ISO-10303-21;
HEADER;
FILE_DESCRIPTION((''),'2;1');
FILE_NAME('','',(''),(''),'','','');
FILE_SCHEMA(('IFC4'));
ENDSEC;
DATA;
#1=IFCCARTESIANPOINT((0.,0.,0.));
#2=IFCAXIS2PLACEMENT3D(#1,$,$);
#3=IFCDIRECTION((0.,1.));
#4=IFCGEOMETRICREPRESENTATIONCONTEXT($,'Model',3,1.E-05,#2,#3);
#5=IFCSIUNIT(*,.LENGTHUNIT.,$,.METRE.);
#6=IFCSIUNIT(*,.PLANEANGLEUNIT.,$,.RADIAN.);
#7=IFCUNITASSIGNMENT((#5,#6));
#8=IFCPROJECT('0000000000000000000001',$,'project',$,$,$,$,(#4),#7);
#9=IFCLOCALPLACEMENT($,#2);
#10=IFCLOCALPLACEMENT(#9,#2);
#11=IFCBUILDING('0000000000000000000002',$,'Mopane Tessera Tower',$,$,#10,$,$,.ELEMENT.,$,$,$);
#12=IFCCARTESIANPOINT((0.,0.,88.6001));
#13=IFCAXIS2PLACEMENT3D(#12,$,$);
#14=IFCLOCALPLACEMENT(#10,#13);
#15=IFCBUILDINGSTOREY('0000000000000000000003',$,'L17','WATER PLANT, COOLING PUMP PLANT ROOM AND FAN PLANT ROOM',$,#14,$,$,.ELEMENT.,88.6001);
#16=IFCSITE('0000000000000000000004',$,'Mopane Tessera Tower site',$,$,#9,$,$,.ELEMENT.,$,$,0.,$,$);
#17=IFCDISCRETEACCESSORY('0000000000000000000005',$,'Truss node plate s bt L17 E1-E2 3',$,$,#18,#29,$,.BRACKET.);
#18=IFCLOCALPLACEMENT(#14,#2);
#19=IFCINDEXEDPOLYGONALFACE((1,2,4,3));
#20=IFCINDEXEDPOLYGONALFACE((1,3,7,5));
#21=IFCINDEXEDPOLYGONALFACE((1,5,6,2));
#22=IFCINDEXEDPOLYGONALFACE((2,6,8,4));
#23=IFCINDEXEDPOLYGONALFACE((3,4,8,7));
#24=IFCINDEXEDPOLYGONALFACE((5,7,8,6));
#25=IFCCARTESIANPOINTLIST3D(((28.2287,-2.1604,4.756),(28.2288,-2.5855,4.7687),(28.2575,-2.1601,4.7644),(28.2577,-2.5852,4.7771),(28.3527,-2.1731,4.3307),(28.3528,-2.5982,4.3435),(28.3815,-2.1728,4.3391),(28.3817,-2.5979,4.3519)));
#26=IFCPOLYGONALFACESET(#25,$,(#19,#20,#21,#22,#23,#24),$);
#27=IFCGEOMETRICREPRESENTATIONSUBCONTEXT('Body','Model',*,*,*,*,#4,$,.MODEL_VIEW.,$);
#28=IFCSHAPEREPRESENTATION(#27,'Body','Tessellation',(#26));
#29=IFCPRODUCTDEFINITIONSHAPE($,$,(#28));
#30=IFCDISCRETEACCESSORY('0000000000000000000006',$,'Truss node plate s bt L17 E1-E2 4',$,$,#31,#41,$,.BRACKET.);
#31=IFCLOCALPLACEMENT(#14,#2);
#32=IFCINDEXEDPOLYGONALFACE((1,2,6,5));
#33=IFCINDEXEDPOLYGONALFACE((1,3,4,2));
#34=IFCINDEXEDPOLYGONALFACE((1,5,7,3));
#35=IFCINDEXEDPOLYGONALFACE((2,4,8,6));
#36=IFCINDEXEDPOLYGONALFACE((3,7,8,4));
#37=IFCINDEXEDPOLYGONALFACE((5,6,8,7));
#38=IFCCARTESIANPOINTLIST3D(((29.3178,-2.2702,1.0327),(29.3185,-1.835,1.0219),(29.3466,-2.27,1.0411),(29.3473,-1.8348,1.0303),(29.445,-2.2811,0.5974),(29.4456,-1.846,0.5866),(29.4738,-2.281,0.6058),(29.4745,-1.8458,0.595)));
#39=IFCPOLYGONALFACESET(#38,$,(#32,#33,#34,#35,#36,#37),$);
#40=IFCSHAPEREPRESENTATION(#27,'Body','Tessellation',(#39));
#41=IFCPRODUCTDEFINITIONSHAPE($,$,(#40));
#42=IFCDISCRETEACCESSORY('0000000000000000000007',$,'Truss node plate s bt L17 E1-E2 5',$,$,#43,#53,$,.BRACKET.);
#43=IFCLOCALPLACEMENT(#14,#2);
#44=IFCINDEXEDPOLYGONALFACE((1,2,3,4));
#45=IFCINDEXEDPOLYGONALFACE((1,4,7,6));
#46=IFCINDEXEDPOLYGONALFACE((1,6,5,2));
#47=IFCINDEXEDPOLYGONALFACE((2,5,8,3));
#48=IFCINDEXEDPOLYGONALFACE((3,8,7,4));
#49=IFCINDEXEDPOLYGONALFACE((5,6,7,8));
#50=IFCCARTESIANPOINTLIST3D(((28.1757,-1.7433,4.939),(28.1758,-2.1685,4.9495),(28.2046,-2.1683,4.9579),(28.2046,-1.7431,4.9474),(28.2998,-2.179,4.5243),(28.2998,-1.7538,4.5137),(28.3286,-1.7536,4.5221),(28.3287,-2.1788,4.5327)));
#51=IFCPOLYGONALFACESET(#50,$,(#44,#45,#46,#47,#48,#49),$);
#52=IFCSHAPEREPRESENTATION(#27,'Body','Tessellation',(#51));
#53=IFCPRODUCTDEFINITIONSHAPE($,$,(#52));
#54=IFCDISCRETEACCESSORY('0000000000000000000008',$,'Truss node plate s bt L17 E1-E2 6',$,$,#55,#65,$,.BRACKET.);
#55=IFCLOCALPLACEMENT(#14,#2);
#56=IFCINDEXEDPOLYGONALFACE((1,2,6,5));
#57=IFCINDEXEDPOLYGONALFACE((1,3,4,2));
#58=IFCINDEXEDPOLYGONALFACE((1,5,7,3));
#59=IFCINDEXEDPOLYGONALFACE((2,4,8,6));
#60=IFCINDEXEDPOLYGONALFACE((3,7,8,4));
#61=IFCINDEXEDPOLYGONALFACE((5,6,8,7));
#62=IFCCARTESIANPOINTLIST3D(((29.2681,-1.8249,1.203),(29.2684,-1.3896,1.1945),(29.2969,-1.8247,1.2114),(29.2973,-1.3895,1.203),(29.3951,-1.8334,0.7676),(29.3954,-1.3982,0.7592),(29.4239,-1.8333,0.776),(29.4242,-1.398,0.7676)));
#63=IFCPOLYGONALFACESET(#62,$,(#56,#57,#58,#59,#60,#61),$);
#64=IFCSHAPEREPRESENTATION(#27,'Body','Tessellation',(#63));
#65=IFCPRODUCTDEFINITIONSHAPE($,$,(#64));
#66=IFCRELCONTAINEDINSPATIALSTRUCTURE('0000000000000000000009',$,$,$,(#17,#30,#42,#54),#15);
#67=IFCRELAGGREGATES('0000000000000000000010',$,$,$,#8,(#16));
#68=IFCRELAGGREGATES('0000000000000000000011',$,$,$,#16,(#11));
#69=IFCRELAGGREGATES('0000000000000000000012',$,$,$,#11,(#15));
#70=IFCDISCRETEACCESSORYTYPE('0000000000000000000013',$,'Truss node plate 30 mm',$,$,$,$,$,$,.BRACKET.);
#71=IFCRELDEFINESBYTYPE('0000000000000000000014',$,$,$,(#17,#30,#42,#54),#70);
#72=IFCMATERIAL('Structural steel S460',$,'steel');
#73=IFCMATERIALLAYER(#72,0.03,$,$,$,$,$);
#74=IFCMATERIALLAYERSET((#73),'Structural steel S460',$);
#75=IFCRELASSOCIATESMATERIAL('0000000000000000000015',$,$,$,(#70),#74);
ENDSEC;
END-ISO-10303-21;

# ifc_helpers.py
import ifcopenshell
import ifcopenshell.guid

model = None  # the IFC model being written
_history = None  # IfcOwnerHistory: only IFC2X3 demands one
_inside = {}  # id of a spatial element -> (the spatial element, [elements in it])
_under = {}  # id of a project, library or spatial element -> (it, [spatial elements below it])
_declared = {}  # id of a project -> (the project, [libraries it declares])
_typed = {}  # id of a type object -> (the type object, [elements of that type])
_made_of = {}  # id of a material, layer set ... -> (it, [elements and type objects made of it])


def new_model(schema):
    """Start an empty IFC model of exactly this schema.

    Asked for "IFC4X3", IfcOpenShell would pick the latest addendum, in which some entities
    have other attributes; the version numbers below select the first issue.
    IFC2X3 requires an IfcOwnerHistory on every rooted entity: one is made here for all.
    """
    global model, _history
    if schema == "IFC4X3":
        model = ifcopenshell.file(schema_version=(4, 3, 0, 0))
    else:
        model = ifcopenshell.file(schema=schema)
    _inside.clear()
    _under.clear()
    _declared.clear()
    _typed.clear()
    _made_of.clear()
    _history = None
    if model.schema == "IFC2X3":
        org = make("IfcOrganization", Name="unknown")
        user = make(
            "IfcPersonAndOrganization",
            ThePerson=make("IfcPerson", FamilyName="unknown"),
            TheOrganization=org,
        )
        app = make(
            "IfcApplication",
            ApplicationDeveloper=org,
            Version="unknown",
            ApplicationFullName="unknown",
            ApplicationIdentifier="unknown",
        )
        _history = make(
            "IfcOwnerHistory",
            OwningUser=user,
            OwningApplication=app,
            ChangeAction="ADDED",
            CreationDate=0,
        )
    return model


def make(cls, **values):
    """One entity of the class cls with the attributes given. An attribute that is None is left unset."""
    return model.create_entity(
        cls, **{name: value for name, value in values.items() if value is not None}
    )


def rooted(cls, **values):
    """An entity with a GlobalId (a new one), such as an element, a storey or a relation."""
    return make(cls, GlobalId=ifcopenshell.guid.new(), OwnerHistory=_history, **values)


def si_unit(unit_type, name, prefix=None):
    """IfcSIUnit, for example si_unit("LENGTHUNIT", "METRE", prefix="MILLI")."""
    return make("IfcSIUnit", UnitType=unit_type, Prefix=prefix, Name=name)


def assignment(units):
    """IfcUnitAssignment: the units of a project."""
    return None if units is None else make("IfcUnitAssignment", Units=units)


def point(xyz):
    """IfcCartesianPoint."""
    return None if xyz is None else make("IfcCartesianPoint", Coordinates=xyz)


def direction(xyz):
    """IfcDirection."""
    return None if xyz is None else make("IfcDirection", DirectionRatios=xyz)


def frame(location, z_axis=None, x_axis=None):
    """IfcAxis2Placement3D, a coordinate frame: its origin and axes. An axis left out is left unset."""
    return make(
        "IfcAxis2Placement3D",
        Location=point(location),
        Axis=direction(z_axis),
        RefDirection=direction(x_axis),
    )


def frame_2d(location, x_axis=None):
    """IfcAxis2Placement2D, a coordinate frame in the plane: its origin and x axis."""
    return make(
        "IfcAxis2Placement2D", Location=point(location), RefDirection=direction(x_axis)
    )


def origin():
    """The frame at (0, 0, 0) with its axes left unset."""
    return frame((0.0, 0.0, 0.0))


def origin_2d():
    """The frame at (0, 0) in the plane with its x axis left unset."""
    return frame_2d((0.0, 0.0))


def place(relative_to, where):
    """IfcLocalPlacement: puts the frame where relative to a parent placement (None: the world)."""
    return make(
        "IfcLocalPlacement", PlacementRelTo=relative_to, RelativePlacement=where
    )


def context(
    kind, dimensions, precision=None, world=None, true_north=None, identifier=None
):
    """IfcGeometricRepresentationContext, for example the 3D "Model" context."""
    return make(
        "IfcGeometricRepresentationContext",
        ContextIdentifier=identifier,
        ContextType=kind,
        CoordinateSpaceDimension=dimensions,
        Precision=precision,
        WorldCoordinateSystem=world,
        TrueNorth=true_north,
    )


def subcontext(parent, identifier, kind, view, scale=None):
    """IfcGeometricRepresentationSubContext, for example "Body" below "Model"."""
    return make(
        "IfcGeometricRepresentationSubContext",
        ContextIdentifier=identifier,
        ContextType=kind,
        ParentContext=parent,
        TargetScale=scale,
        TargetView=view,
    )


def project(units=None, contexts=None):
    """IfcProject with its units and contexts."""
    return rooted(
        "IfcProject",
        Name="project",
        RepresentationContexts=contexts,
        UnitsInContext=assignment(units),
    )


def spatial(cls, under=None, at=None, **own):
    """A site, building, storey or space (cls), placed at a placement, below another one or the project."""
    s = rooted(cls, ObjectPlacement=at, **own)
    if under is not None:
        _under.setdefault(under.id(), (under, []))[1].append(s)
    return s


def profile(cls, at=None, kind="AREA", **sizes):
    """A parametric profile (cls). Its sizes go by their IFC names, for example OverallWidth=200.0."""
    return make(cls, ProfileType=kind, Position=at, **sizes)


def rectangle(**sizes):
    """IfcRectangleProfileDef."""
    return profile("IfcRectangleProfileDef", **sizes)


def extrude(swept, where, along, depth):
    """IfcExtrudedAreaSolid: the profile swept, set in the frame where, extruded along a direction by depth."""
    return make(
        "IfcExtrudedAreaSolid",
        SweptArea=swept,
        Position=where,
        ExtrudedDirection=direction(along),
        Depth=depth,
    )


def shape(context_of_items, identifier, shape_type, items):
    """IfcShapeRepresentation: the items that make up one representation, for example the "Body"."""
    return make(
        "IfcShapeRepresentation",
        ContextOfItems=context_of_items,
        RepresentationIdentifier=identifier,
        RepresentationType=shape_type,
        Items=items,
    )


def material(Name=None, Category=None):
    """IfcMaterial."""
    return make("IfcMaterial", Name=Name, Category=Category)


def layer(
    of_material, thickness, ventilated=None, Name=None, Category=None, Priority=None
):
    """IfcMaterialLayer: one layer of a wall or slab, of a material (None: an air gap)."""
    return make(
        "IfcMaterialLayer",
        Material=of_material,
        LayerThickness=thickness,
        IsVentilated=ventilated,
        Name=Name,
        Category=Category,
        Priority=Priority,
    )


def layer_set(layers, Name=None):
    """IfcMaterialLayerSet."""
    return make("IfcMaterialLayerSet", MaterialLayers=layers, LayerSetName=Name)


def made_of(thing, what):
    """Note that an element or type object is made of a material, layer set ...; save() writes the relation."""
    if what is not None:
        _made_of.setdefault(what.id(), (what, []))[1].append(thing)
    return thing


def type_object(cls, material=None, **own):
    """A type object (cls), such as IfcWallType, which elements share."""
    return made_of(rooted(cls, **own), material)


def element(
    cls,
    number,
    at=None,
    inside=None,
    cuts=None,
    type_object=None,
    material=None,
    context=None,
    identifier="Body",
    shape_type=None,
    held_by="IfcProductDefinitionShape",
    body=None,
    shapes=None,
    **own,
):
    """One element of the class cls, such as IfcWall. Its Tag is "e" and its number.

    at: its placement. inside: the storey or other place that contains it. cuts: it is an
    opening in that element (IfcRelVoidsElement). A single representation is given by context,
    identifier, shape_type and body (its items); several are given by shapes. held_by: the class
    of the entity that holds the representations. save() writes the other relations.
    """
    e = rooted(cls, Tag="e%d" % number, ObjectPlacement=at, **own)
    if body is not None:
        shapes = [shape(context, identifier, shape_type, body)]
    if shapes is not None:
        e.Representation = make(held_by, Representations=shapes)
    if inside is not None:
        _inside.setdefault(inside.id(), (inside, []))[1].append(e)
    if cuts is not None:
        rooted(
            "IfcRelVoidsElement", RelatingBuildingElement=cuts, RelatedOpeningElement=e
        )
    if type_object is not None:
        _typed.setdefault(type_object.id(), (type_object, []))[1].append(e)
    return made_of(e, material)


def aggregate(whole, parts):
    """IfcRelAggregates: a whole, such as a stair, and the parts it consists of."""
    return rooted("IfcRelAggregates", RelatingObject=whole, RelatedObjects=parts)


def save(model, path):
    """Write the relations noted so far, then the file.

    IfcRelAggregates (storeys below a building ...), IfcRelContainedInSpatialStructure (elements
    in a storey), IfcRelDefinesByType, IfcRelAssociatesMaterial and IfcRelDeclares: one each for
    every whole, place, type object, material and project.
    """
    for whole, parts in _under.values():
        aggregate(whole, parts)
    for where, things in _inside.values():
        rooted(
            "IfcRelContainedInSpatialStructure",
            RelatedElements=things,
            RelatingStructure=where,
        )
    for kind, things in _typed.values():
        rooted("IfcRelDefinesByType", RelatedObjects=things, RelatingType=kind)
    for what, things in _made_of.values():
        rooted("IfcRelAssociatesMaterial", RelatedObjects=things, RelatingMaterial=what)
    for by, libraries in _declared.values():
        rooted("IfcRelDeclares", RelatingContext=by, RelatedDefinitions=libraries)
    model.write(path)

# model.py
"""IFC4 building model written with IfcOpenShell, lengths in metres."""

from ifc_helpers import new_model, si_unit, direction, frame, origin, origin_2d, place, context, subcontext, project, spatial, rectangle, extrude, material, layer, layer_set, type_object, element, save


model = new_model("IFC4")

# Units and contexts
model_context = context("Model", 3, precision=1e-05, world=origin(), true_north=direction((0.0, 1.0)))
body_context = subcontext(model_context, "Body", "Model", "MODEL_VIEW")
ifc_project = project(units=[si_unit("LENGTHUNIT", "METRE"), si_unit("PLANEANGLEUNIT", "RADIAN")], contexts=[model_context])

# Site, building, storey
site_placement = place(None, origin())
site = spatial("IfcSite", under=ifc_project, at=site_placement, Name="Mopane Tessera Tower site", CompositionType="ELEMENT", RefElevation=0.0)
building_placement = place(site_placement, origin())
building = spatial("IfcBuilding", under=site, at=building_placement, Name="Mopane Tessera Tower", CompositionType="ELEMENT")
storey_placement = place(building_placement, frame((0.0, 0.0, 88.6001)))
storey = spatial("IfcBuildingStorey", under=building, at=storey_placement, Name="L17", Description="WATER PLANT, COOLING PUMP PLANT ROOM AND FAN PLANT ROOM", CompositionType="ELEMENT", Elevation=88.6001)

# Discrete accessories
ifc_material_1 = material(Name="Structural steel S460", Category="steel")
ifc_layer_1 = layer(ifc_material_1, 0.03)
ifc_layer_set_1 = layer_set([ifc_layer_1], Name="Structural steel S460")
discrete_accessory_type_1 = type_object("IfcDiscreteAccessoryType", Name="Truss node plate 30 mm", PredefinedType="BRACKET", material=ifc_layer_set_1)
discrete_accessory_1_placement = place(storey_placement, frame((28.3672, -2.3855, 4.3413), z_axis=(-0.279843, 0.028645, 0.959618), x_axis=(-0.960046, -0.008672, -0.279709)))
element("IfcDiscreteAccessory", 1, at=discrete_accessory_1_placement, inside=storey, type_object=discrete_accessory_type_1, Name="Truss node plate s bt L17 E1-E2 3", PredefinedType="BRACKET", context=body_context, shape_type="SweptSolid", body=[
    extrude(rectangle(XDim=0.03, YDim=0.4253, at=origin_2d()), origin(), (0.0, 0.0, 1.0), 0.4431),
])
discrete_accessory_2_placement = place(storey_placement, frame((29.4597, -2.0635, 0.5962), z_axis=(-0.280393, 0.024218, 0.95958), x_axis=(-0.959884, -0.005457, -0.280344)))
element("IfcDiscreteAccessory", 2, at=discrete_accessory_2_placement, inside=storey, type_object=discrete_accessory_type_1, Name="Truss node plate s bt L17 E1-E2 4", PredefinedType="BRACKET", context=body_context, shape_type="SweptSolid", body=[
    extrude(rectangle(XDim=0.03, YDim=0.4353, at=origin_2d()), origin(), (0.0, 0.0, 1.0), 0.4536),
])
discrete_accessory_3_placement = place(storey_placement, frame((28.3142, -1.9663, 4.5232), z_axis=(-0.279879, 0.023691, 0.959743), x_axis=(-0.960035, -0.007089, -0.279789)))
element("IfcDiscreteAccessory", 3, at=discrete_accessory_3_placement, inside=storey, type_object=discrete_accessory_type_1, Name="Truss node plate s bt L17 E1-E2 5", PredefinedType="BRACKET", context=body_context, shape_type="SweptSolid", body=[
    extrude(rectangle(XDim=0.03, YDim=0.4253, at=origin_2d()), origin(), (0.0, 0.0, 1.0), 0.4431),
])
discrete_accessory_4_placement = place(storey_placement, frame((29.4097, -1.6157, 0.7676), z_axis=(-0.27993, 0.018841, 0.959836), x_axis=(-0.96002, -0.004714, -0.279891)))
element("IfcDiscreteAccessory", 4, at=discrete_accessory_4_placement, inside=storey, type_object=discrete_accessory_type_1, Name="Truss node plate s bt L17 E1-E2 6", PredefinedType="BRACKET", context=body_context, shape_type="SweptSolid", body=[
    extrude(rectangle(XDim=0.03, YDim=0.4353, at=origin_2d()), origin(), (0.0, 0.0, 1.0), 0.4536),
])

save(model, "model.ifc")
